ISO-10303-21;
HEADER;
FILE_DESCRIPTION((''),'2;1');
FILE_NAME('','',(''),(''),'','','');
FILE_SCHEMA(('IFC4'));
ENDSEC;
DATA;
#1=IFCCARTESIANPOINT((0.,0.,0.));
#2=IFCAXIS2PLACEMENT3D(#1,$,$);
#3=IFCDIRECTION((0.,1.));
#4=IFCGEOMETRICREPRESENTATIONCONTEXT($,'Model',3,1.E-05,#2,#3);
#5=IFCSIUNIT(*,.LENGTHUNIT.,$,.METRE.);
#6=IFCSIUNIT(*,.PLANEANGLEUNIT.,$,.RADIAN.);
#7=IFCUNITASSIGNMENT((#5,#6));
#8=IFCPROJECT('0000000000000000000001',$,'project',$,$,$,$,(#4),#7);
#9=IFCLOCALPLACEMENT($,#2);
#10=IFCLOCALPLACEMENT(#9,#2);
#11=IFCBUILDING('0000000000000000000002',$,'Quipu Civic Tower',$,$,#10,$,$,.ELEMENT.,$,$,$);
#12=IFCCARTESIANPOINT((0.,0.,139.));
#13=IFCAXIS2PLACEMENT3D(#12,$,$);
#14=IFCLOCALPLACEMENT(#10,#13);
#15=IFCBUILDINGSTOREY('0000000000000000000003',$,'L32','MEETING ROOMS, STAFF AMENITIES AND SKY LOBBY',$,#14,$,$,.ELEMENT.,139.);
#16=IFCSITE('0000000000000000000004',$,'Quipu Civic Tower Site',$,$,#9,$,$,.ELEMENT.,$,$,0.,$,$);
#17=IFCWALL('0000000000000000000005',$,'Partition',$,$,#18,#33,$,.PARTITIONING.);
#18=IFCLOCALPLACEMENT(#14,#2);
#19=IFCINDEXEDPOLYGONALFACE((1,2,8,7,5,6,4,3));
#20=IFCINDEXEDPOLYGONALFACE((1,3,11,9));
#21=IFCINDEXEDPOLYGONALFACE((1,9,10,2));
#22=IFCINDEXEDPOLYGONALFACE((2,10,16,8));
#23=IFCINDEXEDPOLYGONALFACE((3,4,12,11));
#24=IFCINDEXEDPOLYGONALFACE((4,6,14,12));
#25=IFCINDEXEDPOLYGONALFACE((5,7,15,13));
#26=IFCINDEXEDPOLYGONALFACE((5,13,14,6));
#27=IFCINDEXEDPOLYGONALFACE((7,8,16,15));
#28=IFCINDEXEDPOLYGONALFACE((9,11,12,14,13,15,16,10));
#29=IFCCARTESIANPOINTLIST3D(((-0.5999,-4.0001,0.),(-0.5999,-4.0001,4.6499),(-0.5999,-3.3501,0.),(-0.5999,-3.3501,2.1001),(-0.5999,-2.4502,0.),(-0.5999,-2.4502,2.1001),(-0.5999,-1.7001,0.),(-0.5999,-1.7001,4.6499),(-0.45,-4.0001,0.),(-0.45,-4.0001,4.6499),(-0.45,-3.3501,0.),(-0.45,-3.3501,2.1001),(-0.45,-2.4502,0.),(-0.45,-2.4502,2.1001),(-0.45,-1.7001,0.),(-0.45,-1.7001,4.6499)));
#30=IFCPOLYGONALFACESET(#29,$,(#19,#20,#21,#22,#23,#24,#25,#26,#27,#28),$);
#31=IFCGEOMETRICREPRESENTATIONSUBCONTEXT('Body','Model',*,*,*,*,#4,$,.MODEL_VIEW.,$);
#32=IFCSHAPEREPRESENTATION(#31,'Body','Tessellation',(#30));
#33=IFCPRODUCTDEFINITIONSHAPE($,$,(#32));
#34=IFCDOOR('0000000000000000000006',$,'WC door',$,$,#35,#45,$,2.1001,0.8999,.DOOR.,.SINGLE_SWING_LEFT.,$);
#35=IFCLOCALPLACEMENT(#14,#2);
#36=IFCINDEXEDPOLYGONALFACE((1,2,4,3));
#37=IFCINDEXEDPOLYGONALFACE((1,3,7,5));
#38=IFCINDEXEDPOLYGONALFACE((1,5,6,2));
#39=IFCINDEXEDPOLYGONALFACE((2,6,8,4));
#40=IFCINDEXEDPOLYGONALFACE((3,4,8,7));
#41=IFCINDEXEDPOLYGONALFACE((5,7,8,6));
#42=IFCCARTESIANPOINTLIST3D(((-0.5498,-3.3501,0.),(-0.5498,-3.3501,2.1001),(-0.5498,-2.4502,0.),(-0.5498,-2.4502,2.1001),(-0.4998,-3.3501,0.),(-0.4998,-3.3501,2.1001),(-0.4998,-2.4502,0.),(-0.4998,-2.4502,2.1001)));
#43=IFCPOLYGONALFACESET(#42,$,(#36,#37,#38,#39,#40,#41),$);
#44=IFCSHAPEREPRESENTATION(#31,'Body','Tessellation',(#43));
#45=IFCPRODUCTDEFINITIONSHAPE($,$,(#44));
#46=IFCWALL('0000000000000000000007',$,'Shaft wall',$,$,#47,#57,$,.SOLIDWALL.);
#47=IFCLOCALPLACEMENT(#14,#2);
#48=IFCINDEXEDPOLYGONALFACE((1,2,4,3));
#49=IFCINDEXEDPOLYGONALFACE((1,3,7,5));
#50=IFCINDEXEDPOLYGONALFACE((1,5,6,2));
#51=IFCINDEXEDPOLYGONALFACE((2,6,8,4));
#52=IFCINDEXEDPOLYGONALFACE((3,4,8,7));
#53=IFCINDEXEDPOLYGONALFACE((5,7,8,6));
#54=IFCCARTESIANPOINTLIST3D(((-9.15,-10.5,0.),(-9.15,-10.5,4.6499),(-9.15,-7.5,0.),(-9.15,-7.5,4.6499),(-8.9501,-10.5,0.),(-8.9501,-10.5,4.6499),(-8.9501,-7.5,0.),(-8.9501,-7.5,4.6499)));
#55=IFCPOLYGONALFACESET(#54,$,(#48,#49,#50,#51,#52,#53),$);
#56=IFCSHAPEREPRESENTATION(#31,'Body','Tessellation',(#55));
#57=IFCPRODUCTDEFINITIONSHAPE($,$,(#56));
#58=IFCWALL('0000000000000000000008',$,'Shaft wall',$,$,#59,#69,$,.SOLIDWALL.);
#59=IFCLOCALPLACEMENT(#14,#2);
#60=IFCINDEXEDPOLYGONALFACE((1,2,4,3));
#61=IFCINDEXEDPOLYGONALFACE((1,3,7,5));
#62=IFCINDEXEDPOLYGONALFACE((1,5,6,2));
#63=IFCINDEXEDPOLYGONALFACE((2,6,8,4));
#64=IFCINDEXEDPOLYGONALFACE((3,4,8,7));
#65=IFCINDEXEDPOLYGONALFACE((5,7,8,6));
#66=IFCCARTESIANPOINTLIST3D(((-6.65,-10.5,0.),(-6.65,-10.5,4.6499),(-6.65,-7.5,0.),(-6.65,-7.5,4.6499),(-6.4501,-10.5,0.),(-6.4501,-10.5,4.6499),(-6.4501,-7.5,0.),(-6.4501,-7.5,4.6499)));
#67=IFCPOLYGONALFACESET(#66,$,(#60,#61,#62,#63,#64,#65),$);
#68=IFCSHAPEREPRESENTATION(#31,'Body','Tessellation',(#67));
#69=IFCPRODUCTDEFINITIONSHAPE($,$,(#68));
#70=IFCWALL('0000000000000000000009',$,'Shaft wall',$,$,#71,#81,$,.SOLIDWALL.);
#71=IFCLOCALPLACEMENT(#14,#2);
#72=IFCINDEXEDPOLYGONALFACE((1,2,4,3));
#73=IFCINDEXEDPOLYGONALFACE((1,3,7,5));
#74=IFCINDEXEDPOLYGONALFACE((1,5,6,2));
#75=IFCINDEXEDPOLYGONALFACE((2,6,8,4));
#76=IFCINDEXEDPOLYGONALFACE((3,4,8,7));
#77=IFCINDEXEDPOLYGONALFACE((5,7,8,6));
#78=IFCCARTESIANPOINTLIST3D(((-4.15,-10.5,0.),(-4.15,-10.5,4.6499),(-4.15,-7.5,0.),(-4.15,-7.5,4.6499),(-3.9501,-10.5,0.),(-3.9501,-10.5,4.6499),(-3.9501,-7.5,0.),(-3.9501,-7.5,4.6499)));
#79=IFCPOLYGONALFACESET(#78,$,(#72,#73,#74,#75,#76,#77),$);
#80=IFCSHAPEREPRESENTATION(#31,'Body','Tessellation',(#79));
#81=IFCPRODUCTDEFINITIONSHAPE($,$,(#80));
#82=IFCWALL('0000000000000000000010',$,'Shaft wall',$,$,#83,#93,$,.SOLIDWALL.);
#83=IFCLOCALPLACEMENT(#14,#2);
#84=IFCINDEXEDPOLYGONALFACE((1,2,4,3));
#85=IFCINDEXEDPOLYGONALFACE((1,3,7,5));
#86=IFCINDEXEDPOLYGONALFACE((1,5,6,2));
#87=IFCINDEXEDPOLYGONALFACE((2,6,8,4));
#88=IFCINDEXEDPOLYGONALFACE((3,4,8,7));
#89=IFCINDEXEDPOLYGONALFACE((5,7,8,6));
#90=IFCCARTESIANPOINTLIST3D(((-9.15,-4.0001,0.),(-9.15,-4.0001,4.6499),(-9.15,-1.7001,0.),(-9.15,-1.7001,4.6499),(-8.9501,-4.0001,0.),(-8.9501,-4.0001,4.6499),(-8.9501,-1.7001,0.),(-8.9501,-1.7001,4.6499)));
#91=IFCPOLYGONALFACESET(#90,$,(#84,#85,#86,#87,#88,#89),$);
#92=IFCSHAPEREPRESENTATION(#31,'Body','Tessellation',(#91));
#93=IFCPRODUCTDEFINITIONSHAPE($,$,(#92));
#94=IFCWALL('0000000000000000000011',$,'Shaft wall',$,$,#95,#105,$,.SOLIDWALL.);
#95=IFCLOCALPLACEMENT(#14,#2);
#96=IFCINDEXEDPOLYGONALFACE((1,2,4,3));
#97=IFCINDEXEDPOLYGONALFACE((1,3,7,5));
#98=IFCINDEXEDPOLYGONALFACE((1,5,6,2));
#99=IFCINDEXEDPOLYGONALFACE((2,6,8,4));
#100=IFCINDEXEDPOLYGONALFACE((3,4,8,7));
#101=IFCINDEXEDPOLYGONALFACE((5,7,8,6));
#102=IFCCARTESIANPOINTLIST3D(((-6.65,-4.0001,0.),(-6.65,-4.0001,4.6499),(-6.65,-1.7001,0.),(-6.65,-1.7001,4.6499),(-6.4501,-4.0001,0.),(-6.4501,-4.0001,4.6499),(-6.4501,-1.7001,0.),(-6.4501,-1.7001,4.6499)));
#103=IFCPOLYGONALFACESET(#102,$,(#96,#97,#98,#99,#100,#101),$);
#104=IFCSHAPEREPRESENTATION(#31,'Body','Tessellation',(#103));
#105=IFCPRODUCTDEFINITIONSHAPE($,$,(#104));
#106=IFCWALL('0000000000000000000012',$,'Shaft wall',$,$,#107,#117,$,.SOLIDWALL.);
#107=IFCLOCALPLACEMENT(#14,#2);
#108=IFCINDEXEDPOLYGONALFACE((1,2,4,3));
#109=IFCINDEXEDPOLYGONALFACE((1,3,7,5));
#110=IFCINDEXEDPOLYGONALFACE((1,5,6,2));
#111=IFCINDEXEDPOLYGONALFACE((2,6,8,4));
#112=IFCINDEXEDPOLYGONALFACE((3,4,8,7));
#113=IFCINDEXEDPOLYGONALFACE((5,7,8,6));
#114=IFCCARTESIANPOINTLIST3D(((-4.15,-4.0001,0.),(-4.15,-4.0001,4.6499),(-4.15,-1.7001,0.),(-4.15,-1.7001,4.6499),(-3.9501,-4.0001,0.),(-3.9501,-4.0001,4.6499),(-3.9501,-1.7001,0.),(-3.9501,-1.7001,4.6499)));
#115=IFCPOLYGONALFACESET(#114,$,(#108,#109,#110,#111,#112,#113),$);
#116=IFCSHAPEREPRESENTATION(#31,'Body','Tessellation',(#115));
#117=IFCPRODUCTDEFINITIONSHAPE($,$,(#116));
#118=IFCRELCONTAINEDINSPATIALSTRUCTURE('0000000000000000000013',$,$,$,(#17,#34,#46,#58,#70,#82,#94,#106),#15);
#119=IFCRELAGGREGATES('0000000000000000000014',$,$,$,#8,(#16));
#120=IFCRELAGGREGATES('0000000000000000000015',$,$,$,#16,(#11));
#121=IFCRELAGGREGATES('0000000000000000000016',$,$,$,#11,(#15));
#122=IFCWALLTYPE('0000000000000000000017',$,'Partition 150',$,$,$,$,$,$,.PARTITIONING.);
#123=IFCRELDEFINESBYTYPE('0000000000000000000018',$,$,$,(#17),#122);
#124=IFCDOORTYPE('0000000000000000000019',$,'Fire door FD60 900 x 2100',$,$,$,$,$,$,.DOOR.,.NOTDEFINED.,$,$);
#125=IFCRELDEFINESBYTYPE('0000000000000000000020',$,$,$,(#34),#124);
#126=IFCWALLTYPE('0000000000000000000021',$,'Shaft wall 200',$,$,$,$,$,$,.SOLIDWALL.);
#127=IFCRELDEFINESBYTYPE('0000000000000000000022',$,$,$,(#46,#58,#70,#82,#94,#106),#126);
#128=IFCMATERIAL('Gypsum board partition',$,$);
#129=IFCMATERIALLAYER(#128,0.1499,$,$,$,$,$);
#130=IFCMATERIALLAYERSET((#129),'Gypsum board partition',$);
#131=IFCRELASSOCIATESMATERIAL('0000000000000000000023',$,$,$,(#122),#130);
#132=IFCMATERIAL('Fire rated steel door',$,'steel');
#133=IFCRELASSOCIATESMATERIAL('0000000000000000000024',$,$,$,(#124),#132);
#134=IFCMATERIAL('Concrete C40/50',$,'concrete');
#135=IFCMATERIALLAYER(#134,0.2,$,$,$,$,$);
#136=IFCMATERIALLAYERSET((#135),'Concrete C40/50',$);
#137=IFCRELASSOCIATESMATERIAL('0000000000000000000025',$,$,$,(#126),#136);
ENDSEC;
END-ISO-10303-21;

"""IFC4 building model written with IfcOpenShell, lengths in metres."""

from ifc_helpers import new_model, si_unit, direction, frame, frame_2d, origin, place, context, subcontext, project, spatial, rectangle, extrude, material, layer, layer_set, type_object, element, fill, save


model = new_model("IFC4")

# Units and contexts
model_context = context("Model", 3, precision=1e-05, world=origin(), true_north=direction((0.0, 1.0)))
body_context = subcontext(model_context, "Body", "Model", "MODEL_VIEW")
ifc_project = project(units=[si_unit("LENGTHUNIT", "METRE"), si_unit("PLANEANGLEUNIT", "RADIAN")], contexts=[model_context])

# Site, building, storey
site_placement = place(None, origin())
site = spatial("IfcSite", under=ifc_project, at=site_placement, Name="Quipu Civic Tower Site", CompositionType="ELEMENT", RefElevation=0.0)
building_placement = place(site_placement, origin())
building = spatial("IfcBuilding", under=site, at=building_placement, Name="Quipu Civic Tower", CompositionType="ELEMENT")
storey_placement = place(building_placement, frame((0.0, 0.0, 139.0)))
storey = spatial("IfcBuildingStorey", under=building, at=storey_placement, Name="L32", Description="MEETING ROOMS, STAFF AMENITIES AND SKY LOBBY", CompositionType="ELEMENT", Elevation=139.0)

# Shared definitions
ifc_material_1 = material(Name="Gypsum board partition")
ifc_layer_1 = layer(ifc_material_1, 0.1499)
ifc_layer_set_1 = layer_set([ifc_layer_1], Name="Gypsum board partition")
wall_type_1 = type_object("IfcWallType", Name="Partition 150", PredefinedType="PARTITIONING", material=ifc_layer_set_1)

# Wall, opening, door
wall_1_placement = place(storey_placement, frame((-0.5249, -4.0, 0.0), z_axis=(0.0, 0.0, 1.0), x_axis=(0.0, 1.0, 0.0)))
wall_1 = element("IfcWall", 1, at=wall_1_placement, inside=storey, type_object=wall_type_1, Name="Partition", PredefinedType="PARTITIONING", context=body_context, shape_type="SweptSolid", body=[
    extrude(rectangle(XDim=2.3, YDim=0.1499, at=frame_2d((1.1499, 0.0))), origin(), (0.0, 0.0, 1.0), 4.6499),
])
opening_1_placement = place(wall_1_placement, frame((0.6499, 0.0, 0.0)))
opening_1 = element("IfcOpeningElement", 2, at=opening_1_placement, cuts=wall_1, PredefinedType="OPENING", context=body_context, shape_type="SweptSolid", body=[
    extrude(rectangle(XDim=0.8999, YDim=2.1001, at=frame_2d((0.45, 1.05))), frame((0.0, 0.085, 0.0), z_axis=(0.0, -1.0, 0.0), x_axis=(1.0, 0.0, 0.0)), (0.0, 0.0, 1.0), 0.1699),
])
ifc_material_2 = material(Name="Fire rated steel door", Category="steel")
door_type_1 = type_object("IfcDoorType", Name="Fire door FD60 900 x 2100", OperationType="NOTDEFINED", PredefinedType="DOOR", material=ifc_material_2)
door_1_placement = place(opening_1_placement, origin())
door_1 = element("IfcDoor", 3, at=door_1_placement, inside=storey, type_object=door_type_1, Name="WC door", OperationType="SINGLE_SWING_LEFT", OverallHeight=2.1001, OverallWidth=0.8999, PredefinedType="DOOR", context=body_context, shape_type="SweptSolid", body=[
    extrude(rectangle(XDim=0.8999, YDim=2.1001, at=frame_2d((0.45, 1.05))), frame((0.0, 0.0249, 0.0), z_axis=(0.0, -1.0, 0.0), x_axis=(1.0, 0.0, 0.0)), (0.0, 0.0, 1.0), 0.05),
])
fill(opening_1, door_1)

# Walls
ifc_material_3 = material(Name="Concrete C40/50", Category="concrete")
ifc_layer_2 = layer(ifc_material_3, 0.2)
ifc_layer_set_2 = layer_set([ifc_layer_2], Name="Concrete C40/50")
wall_type_2 = type_object("IfcWallType", Name="Shaft wall 200", PredefinedType="SOLIDWALL", material=ifc_layer_set_2)
for number, where, z_axis, x_axis, name in (
    (4, (-9.05, -10.5, 0.0), (0.0, 0.0, 1.0), (0.0, 1.0, 0.0), "Shaft wall"),
    (5, (-6.55, -10.5, 0.0), (0.0, 0.0, 1.0), (0.0, 1.0, 0.0), "Shaft wall"),
    (6, (-4.05, -10.5, 0.0), (0.0, 0.0, 1.0), (0.0, 1.0, 0.0), "Shaft wall"),
):
    element("IfcWall", number, at=place(storey_placement, frame(where, z_axis=z_axis, x_axis=x_axis)), inside=storey, type_object=wall_type_2, Name=name, PredefinedType="SOLIDWALL", context=body_context, shape_type="SweptSolid", body=[
        extrude(rectangle(XDim=3.0, YDim=0.2, at=frame_2d((1.5, 0.0))), origin(), (0.0, 0.0, 1.0), 4.6499),
    ])
for number, where, z_axis, x_axis, name in (
    (7, (-9.05, -4.0, 0.0), (0.0, 0.0, 1.0), (0.0, 1.0, 0.0), "Shaft wall"),
    (8, (-6.55, -4.0, 0.0), (0.0, 0.0, 1.0), (0.0, 1.0, 0.0), "Shaft wall"),
    (9, (-4.05, -4.0, 0.0), (0.0, 0.0, 1.0), (0.0, 1.0, 0.0), "Shaft wall"),
):
    element("IfcWall", number, at=place(storey_placement, frame(where, z_axis=z_axis, x_axis=x_axis)), inside=storey, type_object=wall_type_2, Name=name, PredefinedType="SOLIDWALL", context=body_context, shape_type="SweptSolid", body=[
        extrude(rectangle(XDim=2.3, YDim=0.2, at=frame_2d((1.1499, 0.0))), origin(), (0.0, 0.0, 1.0), 4.6499),
    ])

save(model, "model.ifc")
